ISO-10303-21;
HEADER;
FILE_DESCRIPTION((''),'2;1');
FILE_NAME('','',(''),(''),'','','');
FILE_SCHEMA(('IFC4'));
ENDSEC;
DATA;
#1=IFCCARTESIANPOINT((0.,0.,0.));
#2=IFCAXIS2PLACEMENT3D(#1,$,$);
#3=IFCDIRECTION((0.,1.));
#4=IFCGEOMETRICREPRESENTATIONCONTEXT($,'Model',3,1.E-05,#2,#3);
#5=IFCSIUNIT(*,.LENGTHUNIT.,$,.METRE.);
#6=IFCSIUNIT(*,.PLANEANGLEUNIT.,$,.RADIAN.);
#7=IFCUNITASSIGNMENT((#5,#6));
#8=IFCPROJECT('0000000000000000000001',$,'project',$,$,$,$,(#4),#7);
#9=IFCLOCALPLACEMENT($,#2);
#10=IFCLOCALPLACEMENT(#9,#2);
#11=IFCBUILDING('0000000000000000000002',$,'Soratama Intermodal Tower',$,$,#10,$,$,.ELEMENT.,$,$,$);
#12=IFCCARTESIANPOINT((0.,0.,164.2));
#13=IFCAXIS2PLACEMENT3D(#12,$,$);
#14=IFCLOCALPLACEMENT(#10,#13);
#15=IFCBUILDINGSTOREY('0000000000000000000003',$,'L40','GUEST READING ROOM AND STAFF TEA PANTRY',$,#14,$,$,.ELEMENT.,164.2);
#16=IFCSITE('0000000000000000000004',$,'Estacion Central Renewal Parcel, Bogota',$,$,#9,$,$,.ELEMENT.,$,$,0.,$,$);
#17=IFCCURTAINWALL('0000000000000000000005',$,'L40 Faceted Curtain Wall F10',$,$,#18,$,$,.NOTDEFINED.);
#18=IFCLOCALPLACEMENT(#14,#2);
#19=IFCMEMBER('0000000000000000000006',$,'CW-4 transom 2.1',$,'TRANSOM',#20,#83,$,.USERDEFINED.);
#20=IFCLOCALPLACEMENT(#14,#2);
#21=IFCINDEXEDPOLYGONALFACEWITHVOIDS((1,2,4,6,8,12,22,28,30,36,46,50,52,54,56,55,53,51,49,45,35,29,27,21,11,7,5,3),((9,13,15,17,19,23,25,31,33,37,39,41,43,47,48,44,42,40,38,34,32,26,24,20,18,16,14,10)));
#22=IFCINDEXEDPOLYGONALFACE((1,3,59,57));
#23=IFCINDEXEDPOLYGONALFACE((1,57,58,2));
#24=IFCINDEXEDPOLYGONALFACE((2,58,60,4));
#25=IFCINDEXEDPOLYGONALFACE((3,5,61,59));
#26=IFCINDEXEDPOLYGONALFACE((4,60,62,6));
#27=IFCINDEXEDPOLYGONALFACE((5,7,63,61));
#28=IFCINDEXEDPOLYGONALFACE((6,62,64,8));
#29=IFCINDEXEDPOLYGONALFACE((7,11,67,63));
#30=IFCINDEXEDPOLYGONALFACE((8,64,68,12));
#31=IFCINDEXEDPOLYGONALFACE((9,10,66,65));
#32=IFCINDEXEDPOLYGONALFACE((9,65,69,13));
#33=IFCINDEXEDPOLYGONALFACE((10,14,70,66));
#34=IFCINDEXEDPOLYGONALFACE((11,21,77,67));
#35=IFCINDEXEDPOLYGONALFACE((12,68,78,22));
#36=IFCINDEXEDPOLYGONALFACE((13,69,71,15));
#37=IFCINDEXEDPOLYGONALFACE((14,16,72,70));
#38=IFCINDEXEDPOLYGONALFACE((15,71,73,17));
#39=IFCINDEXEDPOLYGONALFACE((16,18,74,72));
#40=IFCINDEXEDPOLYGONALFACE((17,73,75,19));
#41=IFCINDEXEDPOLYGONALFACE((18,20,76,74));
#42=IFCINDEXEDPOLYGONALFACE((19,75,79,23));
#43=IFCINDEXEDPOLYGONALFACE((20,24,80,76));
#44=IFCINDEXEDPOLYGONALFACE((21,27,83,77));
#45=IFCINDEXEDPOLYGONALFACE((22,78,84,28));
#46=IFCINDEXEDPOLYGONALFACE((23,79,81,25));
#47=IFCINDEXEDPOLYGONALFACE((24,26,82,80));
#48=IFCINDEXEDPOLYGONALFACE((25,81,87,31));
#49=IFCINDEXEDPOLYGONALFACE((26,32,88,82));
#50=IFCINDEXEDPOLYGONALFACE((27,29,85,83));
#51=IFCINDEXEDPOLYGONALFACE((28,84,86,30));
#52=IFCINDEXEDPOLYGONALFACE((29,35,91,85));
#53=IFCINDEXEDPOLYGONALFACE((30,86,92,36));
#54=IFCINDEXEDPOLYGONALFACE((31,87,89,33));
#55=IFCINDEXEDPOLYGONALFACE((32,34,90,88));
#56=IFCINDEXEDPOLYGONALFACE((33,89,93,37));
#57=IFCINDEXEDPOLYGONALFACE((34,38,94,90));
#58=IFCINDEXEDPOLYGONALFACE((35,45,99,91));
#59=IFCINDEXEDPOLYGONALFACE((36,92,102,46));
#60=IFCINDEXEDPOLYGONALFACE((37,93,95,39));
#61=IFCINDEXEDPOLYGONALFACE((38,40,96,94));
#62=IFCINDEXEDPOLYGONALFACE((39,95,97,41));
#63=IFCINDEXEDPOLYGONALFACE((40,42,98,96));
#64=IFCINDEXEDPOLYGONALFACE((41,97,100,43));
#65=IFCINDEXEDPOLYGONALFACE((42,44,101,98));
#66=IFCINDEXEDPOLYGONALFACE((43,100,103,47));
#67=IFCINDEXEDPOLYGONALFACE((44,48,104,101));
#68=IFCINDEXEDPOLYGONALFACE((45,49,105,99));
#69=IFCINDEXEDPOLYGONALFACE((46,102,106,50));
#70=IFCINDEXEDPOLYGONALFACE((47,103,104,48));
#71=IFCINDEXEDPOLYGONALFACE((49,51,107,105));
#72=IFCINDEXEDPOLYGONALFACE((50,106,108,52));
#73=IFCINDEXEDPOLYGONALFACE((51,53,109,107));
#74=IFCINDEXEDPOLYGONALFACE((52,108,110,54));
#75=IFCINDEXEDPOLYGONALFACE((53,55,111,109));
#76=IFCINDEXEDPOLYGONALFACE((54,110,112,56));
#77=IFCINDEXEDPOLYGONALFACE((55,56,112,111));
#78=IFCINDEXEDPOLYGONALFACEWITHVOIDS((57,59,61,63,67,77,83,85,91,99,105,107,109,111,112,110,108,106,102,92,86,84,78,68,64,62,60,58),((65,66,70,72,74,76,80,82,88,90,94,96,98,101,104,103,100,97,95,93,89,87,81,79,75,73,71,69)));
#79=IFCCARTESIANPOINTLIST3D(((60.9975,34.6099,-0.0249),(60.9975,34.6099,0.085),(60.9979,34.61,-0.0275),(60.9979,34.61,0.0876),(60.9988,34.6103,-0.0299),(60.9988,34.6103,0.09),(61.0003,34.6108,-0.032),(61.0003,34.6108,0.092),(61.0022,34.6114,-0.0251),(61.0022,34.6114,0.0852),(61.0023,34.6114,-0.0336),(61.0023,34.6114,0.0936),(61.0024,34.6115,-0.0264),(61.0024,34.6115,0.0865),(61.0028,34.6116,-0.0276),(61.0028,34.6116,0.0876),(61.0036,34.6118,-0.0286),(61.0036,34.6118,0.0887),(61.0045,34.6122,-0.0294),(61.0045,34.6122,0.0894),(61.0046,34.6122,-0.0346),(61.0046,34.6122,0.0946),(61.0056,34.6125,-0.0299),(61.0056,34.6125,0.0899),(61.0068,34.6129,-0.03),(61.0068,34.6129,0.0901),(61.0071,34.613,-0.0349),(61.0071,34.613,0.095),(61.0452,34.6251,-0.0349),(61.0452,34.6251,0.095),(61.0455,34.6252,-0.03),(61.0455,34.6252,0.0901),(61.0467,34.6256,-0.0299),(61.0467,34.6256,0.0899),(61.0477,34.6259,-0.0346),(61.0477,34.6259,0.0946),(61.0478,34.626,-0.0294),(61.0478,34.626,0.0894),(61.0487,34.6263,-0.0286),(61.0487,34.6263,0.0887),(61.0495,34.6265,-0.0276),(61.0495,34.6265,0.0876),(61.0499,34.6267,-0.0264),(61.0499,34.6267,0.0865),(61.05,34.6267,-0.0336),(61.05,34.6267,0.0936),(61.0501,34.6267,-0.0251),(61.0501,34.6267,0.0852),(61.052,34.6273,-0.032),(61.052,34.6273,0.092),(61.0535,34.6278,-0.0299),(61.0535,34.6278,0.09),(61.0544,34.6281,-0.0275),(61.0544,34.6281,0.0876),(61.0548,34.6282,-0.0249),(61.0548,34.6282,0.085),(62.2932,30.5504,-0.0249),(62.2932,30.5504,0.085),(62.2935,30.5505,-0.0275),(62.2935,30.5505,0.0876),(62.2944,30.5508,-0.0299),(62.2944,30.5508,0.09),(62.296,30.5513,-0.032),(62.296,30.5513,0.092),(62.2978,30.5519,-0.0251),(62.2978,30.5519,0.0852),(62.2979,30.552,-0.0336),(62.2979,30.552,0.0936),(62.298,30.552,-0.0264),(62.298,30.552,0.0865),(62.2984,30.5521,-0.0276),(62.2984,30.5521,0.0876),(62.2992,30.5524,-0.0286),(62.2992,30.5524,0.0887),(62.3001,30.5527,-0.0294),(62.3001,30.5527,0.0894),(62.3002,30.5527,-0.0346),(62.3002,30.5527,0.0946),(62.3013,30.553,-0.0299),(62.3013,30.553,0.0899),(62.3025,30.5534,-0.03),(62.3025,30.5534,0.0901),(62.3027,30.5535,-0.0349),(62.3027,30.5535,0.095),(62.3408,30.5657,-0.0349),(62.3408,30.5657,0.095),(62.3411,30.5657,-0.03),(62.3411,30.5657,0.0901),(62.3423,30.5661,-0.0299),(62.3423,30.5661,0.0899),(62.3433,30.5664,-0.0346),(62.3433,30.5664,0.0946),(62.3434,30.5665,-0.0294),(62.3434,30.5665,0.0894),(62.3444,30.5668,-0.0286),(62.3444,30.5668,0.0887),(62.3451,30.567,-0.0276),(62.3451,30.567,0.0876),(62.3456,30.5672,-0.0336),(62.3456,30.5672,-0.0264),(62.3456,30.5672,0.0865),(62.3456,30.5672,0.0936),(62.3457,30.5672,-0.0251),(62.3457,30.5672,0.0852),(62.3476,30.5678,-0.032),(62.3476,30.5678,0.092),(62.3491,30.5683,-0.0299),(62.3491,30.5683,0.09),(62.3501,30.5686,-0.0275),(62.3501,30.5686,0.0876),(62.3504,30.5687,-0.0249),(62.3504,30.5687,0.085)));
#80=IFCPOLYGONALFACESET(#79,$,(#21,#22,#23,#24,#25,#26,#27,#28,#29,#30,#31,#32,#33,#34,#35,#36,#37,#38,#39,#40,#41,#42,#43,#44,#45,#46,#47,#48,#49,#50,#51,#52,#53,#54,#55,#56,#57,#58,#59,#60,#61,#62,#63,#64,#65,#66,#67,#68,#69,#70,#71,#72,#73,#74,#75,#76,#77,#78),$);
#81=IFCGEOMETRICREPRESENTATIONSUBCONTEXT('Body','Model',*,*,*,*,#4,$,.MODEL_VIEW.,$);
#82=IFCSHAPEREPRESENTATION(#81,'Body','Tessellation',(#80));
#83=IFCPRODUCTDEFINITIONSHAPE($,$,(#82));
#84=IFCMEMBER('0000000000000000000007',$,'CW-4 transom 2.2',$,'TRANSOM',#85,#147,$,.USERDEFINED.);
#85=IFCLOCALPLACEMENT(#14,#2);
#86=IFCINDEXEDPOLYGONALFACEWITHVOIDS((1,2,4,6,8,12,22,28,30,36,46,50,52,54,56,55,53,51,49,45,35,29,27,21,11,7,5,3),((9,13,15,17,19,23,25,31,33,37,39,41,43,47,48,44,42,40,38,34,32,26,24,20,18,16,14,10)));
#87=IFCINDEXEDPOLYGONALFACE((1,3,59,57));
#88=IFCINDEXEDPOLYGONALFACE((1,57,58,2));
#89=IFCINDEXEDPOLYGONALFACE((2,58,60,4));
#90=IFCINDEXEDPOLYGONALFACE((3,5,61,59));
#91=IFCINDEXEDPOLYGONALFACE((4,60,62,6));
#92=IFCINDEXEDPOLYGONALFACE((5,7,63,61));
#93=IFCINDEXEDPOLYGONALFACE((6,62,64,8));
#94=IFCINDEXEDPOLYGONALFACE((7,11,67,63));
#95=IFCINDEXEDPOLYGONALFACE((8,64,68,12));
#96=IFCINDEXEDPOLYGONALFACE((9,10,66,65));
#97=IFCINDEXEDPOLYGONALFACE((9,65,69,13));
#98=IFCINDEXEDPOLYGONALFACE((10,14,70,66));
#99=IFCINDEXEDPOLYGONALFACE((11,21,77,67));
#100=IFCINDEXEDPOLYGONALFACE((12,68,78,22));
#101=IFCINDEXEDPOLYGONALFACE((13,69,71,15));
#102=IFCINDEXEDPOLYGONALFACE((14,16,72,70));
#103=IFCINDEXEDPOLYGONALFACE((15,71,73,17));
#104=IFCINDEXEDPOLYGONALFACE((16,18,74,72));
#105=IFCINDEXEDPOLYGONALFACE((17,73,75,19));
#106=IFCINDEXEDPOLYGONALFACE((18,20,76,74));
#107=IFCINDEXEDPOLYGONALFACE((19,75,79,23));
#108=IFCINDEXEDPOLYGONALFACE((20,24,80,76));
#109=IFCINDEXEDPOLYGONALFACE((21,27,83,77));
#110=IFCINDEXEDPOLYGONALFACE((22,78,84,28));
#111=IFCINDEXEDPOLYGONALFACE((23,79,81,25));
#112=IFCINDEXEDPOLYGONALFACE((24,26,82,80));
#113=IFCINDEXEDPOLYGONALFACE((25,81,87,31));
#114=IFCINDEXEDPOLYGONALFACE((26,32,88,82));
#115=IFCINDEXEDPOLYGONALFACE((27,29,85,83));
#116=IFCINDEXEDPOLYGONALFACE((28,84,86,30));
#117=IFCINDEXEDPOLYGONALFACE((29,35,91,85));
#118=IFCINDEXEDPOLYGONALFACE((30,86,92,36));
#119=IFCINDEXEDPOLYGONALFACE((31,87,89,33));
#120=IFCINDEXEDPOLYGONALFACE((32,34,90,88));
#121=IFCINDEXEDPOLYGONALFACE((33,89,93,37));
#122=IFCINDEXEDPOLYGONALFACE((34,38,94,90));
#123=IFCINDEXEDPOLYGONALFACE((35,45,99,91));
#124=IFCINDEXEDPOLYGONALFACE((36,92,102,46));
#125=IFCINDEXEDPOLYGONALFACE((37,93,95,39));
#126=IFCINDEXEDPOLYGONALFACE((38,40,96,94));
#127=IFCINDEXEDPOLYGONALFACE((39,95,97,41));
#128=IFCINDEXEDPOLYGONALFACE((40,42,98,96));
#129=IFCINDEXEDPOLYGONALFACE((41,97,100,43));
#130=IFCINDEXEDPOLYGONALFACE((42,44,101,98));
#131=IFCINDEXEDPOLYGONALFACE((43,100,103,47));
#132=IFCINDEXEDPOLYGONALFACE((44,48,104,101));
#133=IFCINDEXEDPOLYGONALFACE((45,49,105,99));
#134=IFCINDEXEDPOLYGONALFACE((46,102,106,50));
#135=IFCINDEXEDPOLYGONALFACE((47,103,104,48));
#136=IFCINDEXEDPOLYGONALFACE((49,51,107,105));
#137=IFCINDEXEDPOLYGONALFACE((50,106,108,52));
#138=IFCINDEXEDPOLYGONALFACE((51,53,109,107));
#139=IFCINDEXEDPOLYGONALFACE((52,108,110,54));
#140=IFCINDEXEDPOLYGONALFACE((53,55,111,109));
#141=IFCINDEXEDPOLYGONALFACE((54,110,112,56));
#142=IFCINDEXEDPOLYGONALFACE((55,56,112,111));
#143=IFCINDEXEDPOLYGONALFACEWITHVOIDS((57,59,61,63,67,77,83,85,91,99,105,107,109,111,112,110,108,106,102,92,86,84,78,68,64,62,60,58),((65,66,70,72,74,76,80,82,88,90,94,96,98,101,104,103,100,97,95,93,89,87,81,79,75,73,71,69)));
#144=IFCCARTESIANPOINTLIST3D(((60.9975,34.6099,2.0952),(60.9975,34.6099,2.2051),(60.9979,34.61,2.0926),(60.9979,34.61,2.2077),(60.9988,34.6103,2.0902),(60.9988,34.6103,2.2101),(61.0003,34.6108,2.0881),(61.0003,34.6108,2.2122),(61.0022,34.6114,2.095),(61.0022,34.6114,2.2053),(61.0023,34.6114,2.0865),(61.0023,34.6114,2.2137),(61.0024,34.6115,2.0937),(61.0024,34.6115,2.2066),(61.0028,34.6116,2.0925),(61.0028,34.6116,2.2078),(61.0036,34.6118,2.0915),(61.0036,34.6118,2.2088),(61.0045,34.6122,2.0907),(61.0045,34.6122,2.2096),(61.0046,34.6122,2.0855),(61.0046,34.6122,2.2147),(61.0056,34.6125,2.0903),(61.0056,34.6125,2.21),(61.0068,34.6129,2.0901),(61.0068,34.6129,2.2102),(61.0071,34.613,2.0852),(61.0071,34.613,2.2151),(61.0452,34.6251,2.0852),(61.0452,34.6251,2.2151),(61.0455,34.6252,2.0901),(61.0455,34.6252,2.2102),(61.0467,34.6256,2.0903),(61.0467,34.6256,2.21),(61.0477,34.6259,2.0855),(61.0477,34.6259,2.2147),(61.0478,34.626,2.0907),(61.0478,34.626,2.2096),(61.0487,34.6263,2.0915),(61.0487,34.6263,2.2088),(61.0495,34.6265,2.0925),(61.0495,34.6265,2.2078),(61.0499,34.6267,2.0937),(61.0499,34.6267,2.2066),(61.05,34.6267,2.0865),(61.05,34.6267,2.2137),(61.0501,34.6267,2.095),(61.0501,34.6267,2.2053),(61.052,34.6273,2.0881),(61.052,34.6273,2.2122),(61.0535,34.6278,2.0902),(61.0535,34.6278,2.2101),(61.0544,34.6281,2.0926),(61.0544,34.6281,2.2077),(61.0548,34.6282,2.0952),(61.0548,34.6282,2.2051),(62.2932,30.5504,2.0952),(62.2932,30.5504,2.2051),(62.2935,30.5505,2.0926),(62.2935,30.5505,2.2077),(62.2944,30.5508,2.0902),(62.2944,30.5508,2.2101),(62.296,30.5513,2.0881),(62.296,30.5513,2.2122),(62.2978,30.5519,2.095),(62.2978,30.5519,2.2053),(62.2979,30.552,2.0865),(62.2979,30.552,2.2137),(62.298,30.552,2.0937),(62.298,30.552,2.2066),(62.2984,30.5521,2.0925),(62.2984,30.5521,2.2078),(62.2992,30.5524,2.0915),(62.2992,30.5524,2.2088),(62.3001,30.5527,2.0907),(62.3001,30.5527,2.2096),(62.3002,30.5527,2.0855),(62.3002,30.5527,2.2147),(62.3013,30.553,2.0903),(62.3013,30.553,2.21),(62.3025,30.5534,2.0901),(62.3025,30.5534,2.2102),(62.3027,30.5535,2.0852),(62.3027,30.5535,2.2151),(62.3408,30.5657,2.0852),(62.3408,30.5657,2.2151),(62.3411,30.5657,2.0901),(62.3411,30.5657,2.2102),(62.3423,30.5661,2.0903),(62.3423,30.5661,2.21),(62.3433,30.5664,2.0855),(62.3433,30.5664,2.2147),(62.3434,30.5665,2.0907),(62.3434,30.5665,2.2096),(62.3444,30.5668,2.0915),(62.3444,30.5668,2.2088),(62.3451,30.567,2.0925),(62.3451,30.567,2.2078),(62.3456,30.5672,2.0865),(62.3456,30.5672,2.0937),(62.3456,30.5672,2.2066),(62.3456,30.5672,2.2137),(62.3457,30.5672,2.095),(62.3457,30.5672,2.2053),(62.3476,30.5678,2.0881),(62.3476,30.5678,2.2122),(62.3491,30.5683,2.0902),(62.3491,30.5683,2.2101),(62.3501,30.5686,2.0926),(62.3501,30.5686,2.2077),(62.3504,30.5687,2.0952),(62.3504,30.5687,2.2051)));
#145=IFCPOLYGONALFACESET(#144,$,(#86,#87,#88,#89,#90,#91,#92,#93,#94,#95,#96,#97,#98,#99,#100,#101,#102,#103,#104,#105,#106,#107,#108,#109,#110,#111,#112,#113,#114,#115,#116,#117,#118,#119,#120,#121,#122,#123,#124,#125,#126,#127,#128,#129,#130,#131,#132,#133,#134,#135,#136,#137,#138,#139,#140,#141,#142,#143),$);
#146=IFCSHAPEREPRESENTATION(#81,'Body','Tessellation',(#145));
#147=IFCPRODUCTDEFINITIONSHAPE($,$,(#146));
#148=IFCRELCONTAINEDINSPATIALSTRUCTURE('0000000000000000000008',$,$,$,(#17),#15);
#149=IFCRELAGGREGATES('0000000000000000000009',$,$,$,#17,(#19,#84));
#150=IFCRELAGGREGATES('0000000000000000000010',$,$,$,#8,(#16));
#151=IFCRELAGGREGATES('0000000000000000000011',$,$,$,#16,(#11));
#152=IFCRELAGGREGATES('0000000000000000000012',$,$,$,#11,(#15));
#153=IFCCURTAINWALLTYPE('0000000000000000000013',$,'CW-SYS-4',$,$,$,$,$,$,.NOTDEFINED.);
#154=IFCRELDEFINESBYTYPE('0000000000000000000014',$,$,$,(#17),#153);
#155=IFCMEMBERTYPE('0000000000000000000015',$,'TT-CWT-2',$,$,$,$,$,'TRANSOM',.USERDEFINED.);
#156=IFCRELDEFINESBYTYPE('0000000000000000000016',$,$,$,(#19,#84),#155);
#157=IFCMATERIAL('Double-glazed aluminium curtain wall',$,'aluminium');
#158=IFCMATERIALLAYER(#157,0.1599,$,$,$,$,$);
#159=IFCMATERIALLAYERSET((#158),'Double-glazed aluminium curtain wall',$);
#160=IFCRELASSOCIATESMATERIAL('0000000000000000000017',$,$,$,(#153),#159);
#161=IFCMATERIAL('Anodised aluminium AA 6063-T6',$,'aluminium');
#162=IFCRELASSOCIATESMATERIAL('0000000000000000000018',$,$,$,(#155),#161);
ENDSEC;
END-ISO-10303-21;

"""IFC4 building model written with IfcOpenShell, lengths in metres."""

from ifc_helpers import new_model, si_unit, direction, frame, origin, origin_2d, place, context, subcontext, project, spatial, hollow_rectangle, extrude, material, layer, layer_set, material_profile, profile_set, type_object, element, aggregate, save


model = new_model("IFC4")

# Units and contexts
model_context = context("Model", 3, precision=1e-05, world=origin(), true_north=direction((0.0, 1.0)))
body_context = subcontext(model_context, "Body", "Model", "MODEL_VIEW")
ifc_project = project(units=[si_unit("LENGTHUNIT", "METRE"), si_unit("PLANEANGLEUNIT", "RADIAN")], contexts=[model_context])

# Site, building, storey
site_placement = place(None, origin())
site = spatial("IfcSite", under=ifc_project, at=site_placement, Name="Estacion Central Renewal Parcel, Bogota", CompositionType="ELEMENT", RefElevation=0.0)
building_placement = place(site_placement, origin())
building = spatial("IfcBuilding", under=site, at=building_placement, Name="Soratama Intermodal Tower", CompositionType="ELEMENT")
storey_placement = place(building_placement, frame((0.0, 0.0, 164.2)))
storey = spatial("IfcBuildingStorey", under=building, at=storey_placement, Name="L40", Description="GUEST READING ROOM AND STAFF TEA PANTRY", CompositionType="ELEMENT", Elevation=164.2)

# Curtain wall, members
ifc_material_1 = material(Name="Double-glazed aluminium curtain wall", Category="aluminium")
ifc_layer_1 = layer(ifc_material_1, 0.1599)
ifc_layer_set_1 = layer_set([ifc_layer_1], Name="Double-glazed aluminium curtain wall")
curtain_wall_type = type_object("IfcCurtainWallType", Name="CW-SYS-4", PredefinedType="NOTDEFINED", material=ifc_layer_set_1)
curtain_wall_placement = place(storey_placement, origin())
curtain_wall = element("IfcCurtainWall", 1, at=curtain_wall_placement, inside=storey, type_object=curtain_wall_type, Name="L40 Faceted Curtain Wall F10", PredefinedType="NOTDEFINED")
ifc_material_2 = material(Name="Anodised aluminium AA 6063-T6", Category="aluminium")
ifc_material_profile_1 = material_profile(ifc_material_2, hollow_rectangle(XDim=0.0601, YDim=0.1299, WallThickness=0.0049, InnerFilletRadius=0.0049, OuterFilletRadius=0.01, at=origin_2d()), Name="CWT130X60X5")
ifc_profile_set_1 = profile_set([ifc_material_profile_1], Name="Anodised aluminium AA 6063-T6")
member_type_1 = type_object("IfcMemberType", Name="TT-CWT-2", ElementType="TRANSOM", PredefinedType="USERDEFINED", material=ifc_profile_set_1)
member_1_placement = place(storey_placement, frame((62.3218, 30.5596, 0.03), z_axis=(-0.30405, 0.952656, 0.0), x_axis=(-0.952656, -0.30405, 0.0)))
member_1 = element("IfcMember", 2, at=member_1_placement, type_object=member_type_1, Name="CW-4 transom 2.1", ObjectType="TRANSOM", PredefinedType="USERDEFINED", context=body_context, shape_type="SweptSolid", body=[
    extrude(hollow_rectangle(XDim=0.0601, YDim=0.1299, WallThickness=0.0049, InnerFilletRadius=0.0049, OuterFilletRadius=0.01, at=origin_2d()), origin(), (0.0, 0.0, 1.0), 4.2612),
])
member_2_placement = place(storey_placement, frame((62.3218, 30.5596, 2.1501), z_axis=(-0.30405, 0.952656, 0.0), x_axis=(-0.952656, -0.30405, 0.0)))
member_2 = element("IfcMember", 3, at=member_2_placement, type_object=member_type_1, Name="CW-4 transom 2.2", ObjectType="TRANSOM", PredefinedType="USERDEFINED", context=body_context, shape_type="SweptSolid", body=[
    extrude(hollow_rectangle(XDim=0.0601, YDim=0.1299, WallThickness=0.0049, InnerFilletRadius=0.0049, OuterFilletRadius=0.01, at=origin_2d()), origin(), (0.0, 0.0, 1.0), 4.2612),
])
aggregate(curtain_wall, [member_1, member_2])

save(model, "model.ifc")
